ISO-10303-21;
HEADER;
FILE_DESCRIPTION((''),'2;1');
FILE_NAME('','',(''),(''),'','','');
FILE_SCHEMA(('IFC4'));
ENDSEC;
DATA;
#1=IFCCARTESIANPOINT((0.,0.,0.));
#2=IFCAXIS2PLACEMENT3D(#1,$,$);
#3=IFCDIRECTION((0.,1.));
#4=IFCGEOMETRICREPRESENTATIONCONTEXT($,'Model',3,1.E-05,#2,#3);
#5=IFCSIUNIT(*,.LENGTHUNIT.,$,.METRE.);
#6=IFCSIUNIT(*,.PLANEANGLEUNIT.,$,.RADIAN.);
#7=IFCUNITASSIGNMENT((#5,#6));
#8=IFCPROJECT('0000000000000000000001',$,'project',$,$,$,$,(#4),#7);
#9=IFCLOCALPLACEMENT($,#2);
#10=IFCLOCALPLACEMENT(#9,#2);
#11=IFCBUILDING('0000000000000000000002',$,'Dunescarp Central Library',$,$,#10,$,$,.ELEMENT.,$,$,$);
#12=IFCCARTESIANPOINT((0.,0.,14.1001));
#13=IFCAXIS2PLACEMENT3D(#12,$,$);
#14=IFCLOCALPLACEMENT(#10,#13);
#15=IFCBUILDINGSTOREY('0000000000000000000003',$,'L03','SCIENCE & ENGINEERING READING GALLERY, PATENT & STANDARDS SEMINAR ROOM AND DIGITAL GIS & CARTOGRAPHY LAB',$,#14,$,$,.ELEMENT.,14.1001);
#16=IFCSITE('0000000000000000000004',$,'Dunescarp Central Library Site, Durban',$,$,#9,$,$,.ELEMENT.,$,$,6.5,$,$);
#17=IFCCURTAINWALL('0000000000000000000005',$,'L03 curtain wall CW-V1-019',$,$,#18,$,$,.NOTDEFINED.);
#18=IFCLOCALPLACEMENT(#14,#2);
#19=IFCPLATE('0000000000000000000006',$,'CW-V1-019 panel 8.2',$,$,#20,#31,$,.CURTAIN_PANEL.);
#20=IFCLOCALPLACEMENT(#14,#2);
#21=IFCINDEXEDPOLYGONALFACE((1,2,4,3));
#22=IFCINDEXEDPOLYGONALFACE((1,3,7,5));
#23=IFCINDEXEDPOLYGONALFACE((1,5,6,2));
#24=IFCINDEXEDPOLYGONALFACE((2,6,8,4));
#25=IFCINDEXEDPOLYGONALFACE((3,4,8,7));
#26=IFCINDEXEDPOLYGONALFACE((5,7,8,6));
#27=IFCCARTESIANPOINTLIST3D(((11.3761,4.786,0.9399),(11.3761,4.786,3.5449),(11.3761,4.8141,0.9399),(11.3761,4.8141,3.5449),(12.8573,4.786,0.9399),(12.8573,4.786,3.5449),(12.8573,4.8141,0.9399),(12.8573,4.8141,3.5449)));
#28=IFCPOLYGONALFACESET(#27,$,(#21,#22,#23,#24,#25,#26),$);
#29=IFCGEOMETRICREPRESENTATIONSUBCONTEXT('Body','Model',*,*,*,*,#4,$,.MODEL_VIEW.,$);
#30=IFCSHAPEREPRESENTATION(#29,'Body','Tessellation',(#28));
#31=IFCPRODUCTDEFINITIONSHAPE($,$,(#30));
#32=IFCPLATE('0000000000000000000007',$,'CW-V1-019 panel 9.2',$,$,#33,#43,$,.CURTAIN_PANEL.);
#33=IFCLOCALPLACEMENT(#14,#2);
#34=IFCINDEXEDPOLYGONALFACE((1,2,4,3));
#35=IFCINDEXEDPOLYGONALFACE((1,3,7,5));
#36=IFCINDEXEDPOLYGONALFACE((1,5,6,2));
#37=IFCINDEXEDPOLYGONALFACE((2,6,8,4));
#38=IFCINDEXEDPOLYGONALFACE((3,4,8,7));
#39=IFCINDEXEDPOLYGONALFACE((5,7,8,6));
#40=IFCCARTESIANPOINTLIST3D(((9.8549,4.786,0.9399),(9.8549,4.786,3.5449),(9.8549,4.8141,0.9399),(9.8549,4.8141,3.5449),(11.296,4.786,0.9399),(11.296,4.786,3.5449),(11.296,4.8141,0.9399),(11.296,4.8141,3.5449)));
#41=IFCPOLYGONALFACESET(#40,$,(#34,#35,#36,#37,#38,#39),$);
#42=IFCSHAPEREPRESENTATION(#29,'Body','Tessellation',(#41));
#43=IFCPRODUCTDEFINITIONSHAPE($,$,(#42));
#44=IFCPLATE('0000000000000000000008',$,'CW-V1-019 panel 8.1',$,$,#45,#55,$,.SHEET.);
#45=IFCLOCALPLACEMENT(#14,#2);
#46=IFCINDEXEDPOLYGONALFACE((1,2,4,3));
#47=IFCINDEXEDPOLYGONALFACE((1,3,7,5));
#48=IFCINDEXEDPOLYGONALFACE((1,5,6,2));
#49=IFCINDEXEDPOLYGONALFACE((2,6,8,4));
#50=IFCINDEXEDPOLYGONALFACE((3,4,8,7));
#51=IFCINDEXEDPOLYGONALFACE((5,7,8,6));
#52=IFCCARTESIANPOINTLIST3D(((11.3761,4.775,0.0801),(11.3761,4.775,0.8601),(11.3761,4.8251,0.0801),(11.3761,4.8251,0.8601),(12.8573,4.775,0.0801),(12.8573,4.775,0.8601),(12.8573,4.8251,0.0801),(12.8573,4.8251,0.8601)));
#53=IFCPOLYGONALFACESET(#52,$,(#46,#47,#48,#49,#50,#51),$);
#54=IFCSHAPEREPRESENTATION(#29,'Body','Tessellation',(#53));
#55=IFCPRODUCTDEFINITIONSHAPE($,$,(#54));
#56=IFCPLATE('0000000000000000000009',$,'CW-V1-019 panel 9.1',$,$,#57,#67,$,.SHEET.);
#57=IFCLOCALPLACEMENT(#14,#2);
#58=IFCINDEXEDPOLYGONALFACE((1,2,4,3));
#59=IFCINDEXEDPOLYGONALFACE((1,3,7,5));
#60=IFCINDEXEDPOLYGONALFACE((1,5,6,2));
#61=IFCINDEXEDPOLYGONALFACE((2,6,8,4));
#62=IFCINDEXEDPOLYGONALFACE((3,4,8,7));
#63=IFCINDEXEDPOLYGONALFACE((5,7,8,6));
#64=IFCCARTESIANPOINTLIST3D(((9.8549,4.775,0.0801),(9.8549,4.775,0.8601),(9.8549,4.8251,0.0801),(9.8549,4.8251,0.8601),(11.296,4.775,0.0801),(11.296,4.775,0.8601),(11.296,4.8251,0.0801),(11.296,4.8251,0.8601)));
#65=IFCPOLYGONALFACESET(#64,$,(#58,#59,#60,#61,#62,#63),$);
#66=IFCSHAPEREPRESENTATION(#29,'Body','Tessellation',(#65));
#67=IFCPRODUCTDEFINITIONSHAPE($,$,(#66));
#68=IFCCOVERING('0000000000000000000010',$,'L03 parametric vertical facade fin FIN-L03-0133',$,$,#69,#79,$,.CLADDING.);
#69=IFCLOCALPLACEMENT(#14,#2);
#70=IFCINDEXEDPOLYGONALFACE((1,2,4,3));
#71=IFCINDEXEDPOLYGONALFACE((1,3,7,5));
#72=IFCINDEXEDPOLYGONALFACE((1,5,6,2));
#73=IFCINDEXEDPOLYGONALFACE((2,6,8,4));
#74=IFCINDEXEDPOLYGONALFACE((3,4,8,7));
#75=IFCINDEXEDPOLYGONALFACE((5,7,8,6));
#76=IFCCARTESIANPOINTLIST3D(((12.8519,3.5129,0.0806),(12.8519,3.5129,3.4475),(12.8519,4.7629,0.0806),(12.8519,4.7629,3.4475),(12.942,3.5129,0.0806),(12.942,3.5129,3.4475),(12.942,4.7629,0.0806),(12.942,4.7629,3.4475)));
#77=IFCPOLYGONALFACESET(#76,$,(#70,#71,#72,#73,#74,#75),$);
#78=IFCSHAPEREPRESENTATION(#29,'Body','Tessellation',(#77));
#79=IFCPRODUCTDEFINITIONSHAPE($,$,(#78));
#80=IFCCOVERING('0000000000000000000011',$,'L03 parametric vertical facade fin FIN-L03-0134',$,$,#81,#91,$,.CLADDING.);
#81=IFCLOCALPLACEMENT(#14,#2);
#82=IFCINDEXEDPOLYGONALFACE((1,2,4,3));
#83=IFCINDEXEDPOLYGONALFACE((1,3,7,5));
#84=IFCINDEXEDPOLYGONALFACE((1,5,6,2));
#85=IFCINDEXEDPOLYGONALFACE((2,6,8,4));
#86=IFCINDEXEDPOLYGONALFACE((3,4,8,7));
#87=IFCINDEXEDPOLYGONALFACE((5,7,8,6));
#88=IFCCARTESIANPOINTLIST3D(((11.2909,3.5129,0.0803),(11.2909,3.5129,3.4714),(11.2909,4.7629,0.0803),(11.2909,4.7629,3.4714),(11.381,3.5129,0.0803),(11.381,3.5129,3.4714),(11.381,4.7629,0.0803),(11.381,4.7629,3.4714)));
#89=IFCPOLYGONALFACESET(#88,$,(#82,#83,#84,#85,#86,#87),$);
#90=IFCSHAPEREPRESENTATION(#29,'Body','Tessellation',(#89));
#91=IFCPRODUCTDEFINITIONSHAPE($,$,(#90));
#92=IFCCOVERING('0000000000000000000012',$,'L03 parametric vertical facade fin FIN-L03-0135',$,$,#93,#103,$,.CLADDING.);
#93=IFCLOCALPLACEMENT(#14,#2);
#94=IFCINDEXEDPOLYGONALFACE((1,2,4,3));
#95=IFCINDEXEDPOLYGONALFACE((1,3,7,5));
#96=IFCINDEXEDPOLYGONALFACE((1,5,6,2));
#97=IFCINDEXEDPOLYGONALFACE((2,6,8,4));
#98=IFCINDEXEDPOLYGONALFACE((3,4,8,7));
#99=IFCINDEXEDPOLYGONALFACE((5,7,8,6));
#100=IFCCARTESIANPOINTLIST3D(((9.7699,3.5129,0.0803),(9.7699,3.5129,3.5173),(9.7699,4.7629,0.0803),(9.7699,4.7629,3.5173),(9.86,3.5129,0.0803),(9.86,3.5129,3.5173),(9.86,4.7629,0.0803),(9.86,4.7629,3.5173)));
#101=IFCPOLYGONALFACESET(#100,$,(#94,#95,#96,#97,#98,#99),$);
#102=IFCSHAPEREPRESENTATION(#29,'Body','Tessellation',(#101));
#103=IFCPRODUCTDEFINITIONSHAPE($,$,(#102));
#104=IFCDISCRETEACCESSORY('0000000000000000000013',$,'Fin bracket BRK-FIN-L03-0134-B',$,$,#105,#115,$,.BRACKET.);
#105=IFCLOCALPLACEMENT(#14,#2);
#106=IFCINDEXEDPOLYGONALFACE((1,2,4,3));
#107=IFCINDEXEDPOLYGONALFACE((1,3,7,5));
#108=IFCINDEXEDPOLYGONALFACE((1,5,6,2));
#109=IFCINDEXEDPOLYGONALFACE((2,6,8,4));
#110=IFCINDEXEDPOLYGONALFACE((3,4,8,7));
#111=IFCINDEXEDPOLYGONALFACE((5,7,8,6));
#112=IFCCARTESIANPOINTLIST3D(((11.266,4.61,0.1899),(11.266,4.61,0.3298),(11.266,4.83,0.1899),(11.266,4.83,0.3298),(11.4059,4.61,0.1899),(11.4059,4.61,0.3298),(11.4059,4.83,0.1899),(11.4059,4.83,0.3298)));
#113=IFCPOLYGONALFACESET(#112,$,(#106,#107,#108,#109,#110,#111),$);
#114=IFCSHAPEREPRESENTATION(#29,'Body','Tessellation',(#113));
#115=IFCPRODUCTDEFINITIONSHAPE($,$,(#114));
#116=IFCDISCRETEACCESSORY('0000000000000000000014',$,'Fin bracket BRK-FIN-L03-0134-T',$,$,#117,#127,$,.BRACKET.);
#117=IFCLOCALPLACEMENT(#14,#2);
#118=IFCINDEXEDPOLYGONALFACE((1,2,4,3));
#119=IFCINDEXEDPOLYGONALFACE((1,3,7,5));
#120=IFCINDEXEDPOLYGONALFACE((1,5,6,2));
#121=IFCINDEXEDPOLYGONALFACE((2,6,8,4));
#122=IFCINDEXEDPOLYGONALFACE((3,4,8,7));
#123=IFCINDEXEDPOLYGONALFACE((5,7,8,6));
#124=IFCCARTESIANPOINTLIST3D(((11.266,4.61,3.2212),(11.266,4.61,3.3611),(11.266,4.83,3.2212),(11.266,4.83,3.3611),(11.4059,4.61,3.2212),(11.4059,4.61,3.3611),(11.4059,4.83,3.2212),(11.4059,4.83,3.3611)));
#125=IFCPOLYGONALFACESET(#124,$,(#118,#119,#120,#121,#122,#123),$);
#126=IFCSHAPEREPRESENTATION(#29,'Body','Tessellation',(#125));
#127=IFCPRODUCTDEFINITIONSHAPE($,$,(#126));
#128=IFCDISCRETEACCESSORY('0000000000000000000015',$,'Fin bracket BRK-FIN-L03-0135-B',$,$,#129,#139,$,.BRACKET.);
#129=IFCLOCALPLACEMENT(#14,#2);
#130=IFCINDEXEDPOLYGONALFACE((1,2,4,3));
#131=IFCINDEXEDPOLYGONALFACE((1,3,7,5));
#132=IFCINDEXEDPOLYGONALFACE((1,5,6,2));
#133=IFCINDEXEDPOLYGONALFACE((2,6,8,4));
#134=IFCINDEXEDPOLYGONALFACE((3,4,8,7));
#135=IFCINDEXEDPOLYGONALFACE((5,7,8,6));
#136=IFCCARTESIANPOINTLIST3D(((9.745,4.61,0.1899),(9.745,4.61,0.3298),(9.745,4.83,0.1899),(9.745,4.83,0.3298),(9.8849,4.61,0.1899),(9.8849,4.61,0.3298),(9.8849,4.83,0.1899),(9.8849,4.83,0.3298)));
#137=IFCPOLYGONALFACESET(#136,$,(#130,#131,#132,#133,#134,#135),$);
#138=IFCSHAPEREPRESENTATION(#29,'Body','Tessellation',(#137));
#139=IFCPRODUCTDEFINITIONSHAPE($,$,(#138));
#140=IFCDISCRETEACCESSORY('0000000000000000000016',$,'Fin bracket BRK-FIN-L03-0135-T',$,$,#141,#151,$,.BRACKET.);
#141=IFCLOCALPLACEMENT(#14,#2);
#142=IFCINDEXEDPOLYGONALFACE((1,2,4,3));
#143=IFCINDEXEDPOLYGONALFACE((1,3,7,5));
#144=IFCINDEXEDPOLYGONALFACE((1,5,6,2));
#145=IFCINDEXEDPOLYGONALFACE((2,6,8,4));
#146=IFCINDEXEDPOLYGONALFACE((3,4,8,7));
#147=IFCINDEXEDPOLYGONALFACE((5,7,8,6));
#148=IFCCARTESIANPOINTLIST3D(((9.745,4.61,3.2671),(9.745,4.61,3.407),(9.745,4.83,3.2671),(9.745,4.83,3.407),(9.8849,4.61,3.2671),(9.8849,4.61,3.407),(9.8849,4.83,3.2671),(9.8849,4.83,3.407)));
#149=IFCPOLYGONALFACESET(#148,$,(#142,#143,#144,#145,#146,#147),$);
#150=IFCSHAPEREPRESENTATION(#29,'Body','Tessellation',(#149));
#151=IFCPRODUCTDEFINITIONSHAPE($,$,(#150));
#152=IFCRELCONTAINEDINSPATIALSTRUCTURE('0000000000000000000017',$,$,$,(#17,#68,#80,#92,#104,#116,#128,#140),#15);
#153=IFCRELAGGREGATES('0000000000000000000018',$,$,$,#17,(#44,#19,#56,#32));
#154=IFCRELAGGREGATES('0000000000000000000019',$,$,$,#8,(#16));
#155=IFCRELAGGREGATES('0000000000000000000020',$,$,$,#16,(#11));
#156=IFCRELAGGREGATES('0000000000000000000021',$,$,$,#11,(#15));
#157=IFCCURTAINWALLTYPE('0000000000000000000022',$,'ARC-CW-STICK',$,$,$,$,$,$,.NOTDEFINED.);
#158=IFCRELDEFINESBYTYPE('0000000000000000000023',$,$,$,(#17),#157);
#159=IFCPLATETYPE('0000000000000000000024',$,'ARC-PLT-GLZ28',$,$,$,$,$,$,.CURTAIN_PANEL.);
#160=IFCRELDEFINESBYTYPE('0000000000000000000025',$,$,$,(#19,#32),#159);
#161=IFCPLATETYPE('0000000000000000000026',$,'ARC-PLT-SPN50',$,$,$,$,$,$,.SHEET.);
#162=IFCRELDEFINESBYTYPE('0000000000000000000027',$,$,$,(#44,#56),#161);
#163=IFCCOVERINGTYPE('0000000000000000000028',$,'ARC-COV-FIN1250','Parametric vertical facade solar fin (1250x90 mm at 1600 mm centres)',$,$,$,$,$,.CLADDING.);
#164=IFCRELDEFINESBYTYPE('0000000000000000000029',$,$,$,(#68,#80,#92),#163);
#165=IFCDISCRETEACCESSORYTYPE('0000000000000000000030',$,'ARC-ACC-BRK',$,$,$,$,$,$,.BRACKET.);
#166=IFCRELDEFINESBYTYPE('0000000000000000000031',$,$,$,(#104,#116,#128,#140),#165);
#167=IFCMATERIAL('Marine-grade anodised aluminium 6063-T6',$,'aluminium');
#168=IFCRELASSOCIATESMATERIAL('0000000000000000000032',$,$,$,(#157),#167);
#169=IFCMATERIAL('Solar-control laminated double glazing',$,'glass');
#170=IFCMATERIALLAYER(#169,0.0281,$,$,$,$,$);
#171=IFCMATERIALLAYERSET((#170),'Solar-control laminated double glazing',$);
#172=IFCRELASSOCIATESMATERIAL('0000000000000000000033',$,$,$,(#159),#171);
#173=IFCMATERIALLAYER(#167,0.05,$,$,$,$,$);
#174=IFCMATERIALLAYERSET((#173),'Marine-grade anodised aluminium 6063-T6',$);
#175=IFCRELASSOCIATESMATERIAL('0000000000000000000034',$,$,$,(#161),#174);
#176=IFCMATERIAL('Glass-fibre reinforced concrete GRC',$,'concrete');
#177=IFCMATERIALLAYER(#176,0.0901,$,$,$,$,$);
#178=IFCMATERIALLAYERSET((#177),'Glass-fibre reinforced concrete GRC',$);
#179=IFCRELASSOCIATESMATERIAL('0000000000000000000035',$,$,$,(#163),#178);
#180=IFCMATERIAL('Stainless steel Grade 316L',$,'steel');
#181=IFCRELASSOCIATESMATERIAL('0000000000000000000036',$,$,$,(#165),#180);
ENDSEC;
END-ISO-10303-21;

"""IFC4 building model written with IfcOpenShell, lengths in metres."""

from ifc_helpers import new_model, si_unit, direction, frame, origin, origin_2d, place, context, subcontext, project, spatial, rectangle, extrude, material, layer, layer_set, type_object, element, aggregate, save


model = new_model("IFC4")

# Units and contexts
model_context = context("Model", 3, precision=1e-05, world=origin(), true_north=direction((0.0, 1.0)))
body_context = subcontext(model_context, "Body", "Model", "MODEL_VIEW")
ifc_project = project(units=[si_unit("LENGTHUNIT", "METRE"), si_unit("PLANEANGLEUNIT", "RADIAN")], contexts=[model_context])

# Site, building, storey
site_placement = place(None, origin())
site = spatial("IfcSite", under=ifc_project, at=site_placement, Name="Dunescarp Central Library Site, Durban", CompositionType="ELEMENT", RefElevation=6.5)
building_placement = place(site_placement, origin())
building = spatial("IfcBuilding", under=site, at=building_placement, Name="Dunescarp Central Library", CompositionType="ELEMENT")
storey_placement = place(building_placement, frame((0.0, 0.0, 14.1001)))
storey = spatial("IfcBuildingStorey", under=building, at=storey_placement, Name="L03", Description="SCIENCE & ENGINEERING READING GALLERY, PATENT & STANDARDS SEMINAR ROOM AND DIGITAL GIS & CARTOGRAPHY LAB", CompositionType="ELEMENT", Elevation=14.1001)

# Curtain wall
ifc_material_1 = material(Name="Marine-grade anodised aluminium 6063-T6", Category="aluminium")
curtain_wall_type = type_object("IfcCurtainWallType", Name="ARC-CW-STICK", PredefinedType="NOTDEFINED", material=ifc_material_1)
curtain_wall_placement = place(storey_placement, origin())
curtain_wall = element("IfcCurtainWall", 1, at=curtain_wall_placement, inside=storey, type_object=curtain_wall_type, Name="L03 curtain wall CW-V1-019", PredefinedType="NOTDEFINED")

# Plates
ifc_material_2 = material(Name="Solar-control laminated double glazing", Category="glass")
ifc_layer_1 = layer(ifc_material_2, 0.0281)
ifc_layer_set_1 = layer_set([ifc_layer_1], Name="Solar-control laminated double glazing")
plate_type_1 = type_object("IfcPlateType", Name="ARC-PLT-GLZ28", PredefinedType="CURTAIN_PANEL", material=ifc_layer_set_1)
plate_1_placement = place(storey_placement, frame((12.1167, 4.8, 0.9399), z_axis=(0.0, 0.0, 1.0), x_axis=(-1.0, 0.0, 0.0)))
plate_1 = element("IfcPlate", 2, at=plate_1_placement, type_object=plate_type_1, Name="CW-V1-019 panel 8.2", PredefinedType="CURTAIN_PANEL", context=body_context, shape_type="SweptSolid", body=[
    extrude(rectangle(XDim=1.4812, YDim=0.0281, at=origin_2d()), origin(), (0.0, 0.0, 1.0), 2.605),
])
plate_2_placement = place(storey_placement, frame((10.5754, 4.8, 0.9399), z_axis=(0.0, 0.0, 1.0), x_axis=(-1.0, 0.0, 0.0)))
plate_2 = element("IfcPlate", 3, at=plate_2_placement, type_object=plate_type_1, Name="CW-V1-019 panel 9.2", PredefinedType="CURTAIN_PANEL", context=body_context, shape_type="SweptSolid", body=[
    extrude(rectangle(XDim=1.4412, YDim=0.0281, at=origin_2d()), origin(), (0.0, 0.0, 1.0), 2.605),
])
ifc_layer_2 = layer(ifc_material_1, 0.05)
ifc_layer_set_2 = layer_set([ifc_layer_2], Name="Marine-grade anodised aluminium 6063-T6")
plate_type_2 = type_object("IfcPlateType", Name="ARC-PLT-SPN50", PredefinedType="SHEET", material=ifc_layer_set_2)
plate_3_placement = place(storey_placement, frame((12.1167, 4.8, 0.0801), z_axis=(0.0, 0.0, 1.0), x_axis=(-1.0, 0.0, 0.0)))
plate_3 = element("IfcPlate", 4, at=plate_3_placement, type_object=plate_type_2, Name="CW-V1-019 panel 8.1", PredefinedType="SHEET", context=body_context, shape_type="SweptSolid", body=[
    extrude(rectangle(XDim=1.4812, YDim=0.05, at=origin_2d()), origin(), (0.0, 0.0, 1.0), 0.78),
])
plate_4_placement = place(storey_placement, frame((10.5754, 4.8, 0.0801), z_axis=(0.0, 0.0, 1.0), x_axis=(-1.0, 0.0, 0.0)))
plate_4 = element("IfcPlate", 5, at=plate_4_placement, type_object=plate_type_2, Name="CW-V1-019 panel 9.1", PredefinedType="SHEET", context=body_context, shape_type="SweptSolid", body=[
    extrude(rectangle(XDim=1.4412, YDim=0.05, at=origin_2d()), origin(), (0.0, 0.0, 1.0), 0.78),
])
aggregate(curtain_wall, [plate_3, plate_1, plate_4, plate_2])

# Coverings
ifc_material_3 = material(Name="Glass-fibre reinforced concrete GRC", Category="concrete")
ifc_layer_3 = layer(ifc_material_3, 0.0901)
ifc_layer_set_3 = layer_set([ifc_layer_3], Name="Glass-fibre reinforced concrete GRC")
covering_type = type_object("IfcCoveringType", Name="ARC-COV-FIN1250", Description="Parametric vertical facade solar fin (1250x90 mm at 1600 mm centres)", PredefinedType="CLADDING", material=ifc_layer_set_3)
covering_1_placement = place(storey_placement, frame((12.897, 4.1379, 0.0806), z_axis=(0.0, 0.0, 1.0), x_axis=(0.0, -1.0, 0.0)))
element("IfcCovering", 6, at=covering_1_placement, inside=storey, type_object=covering_type, Name="L03 parametric vertical facade fin FIN-L03-0133", PredefinedType="CLADDING", context=body_context, shape_type="SweptSolid", body=[
    extrude(rectangle(XDim=1.25, YDim=0.0901, at=origin_2d()), origin(), (0.0, 0.0, 1.0), 3.3669),
])
covering_2_placement = place(storey_placement, frame((11.3359, 4.1379, 0.0803), z_axis=(0.0, 0.0, 1.0), x_axis=(0.0, -1.0, 0.0)))
element("IfcCovering", 7, at=covering_2_placement, inside=storey, type_object=covering_type, Name="L03 parametric vertical facade fin FIN-L03-0134", PredefinedType="CLADDING", context=body_context, shape_type="SweptSolid", body=[
    extrude(rectangle(XDim=1.25, YDim=0.0901, at=origin_2d()), origin(), (0.0, 0.0, 1.0), 3.3911),
])
covering_3_placement = place(storey_placement, frame((9.8149, 4.1379, 0.0803), z_axis=(0.0, 0.0, 1.0), x_axis=(0.0, -1.0, 0.0)))
element("IfcCovering", 8, at=covering_3_placement, inside=storey, type_object=covering_type, Name="L03 parametric vertical facade fin FIN-L03-0135", PredefinedType="CLADDING", context=body_context, shape_type="SweptSolid", body=[
    extrude(rectangle(XDim=1.25, YDim=0.0901, at=origin_2d()), origin(), (0.0, 0.0, 1.0), 3.437),
])

# Discrete accessories
ifc_material_4 = material(Name="Stainless steel Grade 316L", Category="steel")
discrete_accessory_type = type_object("IfcDiscreteAccessoryType", Name="ARC-ACC-BRK", PredefinedType="BRACKET", material=ifc_material_4)
for number, where, z_axis, x_axis, name in (
    (9, (11.3359, 4.72, 0.1899), (0.0, 0.0, 1.0), (0.0, -1.0, 0.0), "Fin bracket BRK-FIN-L03-0134-B"),
    (10, (11.3359, 4.72, 3.2212), (0.0, 0.0, 1.0), (0.0, -1.0, 0.0), "Fin bracket BRK-FIN-L03-0134-T"),
    (11, (9.8149, 4.72, 0.1899), (0.0, 0.0, 1.0), (0.0, -1.0, 0.0), "Fin bracket BRK-FIN-L03-0135-B"),
    (12, (9.8149, 4.72, 3.2671), (0.0, 0.0, 1.0), (0.0, -1.0, 0.0), "Fin bracket BRK-FIN-L03-0135-T"),
):
    element("IfcDiscreteAccessory", number, at=place(storey_placement, frame(where, z_axis=z_axis, x_axis=x_axis)), inside=storey, type_object=discrete_accessory_type, Name=name, PredefinedType="BRACKET", context=body_context, shape_type="SweptSolid", body=[
        extrude(rectangle(XDim=0.22, YDim=0.1399, at=origin_2d()), origin(), (0.0, 0.0, 1.0), 0.1399),
    ])

save(model, "model.ifc")
